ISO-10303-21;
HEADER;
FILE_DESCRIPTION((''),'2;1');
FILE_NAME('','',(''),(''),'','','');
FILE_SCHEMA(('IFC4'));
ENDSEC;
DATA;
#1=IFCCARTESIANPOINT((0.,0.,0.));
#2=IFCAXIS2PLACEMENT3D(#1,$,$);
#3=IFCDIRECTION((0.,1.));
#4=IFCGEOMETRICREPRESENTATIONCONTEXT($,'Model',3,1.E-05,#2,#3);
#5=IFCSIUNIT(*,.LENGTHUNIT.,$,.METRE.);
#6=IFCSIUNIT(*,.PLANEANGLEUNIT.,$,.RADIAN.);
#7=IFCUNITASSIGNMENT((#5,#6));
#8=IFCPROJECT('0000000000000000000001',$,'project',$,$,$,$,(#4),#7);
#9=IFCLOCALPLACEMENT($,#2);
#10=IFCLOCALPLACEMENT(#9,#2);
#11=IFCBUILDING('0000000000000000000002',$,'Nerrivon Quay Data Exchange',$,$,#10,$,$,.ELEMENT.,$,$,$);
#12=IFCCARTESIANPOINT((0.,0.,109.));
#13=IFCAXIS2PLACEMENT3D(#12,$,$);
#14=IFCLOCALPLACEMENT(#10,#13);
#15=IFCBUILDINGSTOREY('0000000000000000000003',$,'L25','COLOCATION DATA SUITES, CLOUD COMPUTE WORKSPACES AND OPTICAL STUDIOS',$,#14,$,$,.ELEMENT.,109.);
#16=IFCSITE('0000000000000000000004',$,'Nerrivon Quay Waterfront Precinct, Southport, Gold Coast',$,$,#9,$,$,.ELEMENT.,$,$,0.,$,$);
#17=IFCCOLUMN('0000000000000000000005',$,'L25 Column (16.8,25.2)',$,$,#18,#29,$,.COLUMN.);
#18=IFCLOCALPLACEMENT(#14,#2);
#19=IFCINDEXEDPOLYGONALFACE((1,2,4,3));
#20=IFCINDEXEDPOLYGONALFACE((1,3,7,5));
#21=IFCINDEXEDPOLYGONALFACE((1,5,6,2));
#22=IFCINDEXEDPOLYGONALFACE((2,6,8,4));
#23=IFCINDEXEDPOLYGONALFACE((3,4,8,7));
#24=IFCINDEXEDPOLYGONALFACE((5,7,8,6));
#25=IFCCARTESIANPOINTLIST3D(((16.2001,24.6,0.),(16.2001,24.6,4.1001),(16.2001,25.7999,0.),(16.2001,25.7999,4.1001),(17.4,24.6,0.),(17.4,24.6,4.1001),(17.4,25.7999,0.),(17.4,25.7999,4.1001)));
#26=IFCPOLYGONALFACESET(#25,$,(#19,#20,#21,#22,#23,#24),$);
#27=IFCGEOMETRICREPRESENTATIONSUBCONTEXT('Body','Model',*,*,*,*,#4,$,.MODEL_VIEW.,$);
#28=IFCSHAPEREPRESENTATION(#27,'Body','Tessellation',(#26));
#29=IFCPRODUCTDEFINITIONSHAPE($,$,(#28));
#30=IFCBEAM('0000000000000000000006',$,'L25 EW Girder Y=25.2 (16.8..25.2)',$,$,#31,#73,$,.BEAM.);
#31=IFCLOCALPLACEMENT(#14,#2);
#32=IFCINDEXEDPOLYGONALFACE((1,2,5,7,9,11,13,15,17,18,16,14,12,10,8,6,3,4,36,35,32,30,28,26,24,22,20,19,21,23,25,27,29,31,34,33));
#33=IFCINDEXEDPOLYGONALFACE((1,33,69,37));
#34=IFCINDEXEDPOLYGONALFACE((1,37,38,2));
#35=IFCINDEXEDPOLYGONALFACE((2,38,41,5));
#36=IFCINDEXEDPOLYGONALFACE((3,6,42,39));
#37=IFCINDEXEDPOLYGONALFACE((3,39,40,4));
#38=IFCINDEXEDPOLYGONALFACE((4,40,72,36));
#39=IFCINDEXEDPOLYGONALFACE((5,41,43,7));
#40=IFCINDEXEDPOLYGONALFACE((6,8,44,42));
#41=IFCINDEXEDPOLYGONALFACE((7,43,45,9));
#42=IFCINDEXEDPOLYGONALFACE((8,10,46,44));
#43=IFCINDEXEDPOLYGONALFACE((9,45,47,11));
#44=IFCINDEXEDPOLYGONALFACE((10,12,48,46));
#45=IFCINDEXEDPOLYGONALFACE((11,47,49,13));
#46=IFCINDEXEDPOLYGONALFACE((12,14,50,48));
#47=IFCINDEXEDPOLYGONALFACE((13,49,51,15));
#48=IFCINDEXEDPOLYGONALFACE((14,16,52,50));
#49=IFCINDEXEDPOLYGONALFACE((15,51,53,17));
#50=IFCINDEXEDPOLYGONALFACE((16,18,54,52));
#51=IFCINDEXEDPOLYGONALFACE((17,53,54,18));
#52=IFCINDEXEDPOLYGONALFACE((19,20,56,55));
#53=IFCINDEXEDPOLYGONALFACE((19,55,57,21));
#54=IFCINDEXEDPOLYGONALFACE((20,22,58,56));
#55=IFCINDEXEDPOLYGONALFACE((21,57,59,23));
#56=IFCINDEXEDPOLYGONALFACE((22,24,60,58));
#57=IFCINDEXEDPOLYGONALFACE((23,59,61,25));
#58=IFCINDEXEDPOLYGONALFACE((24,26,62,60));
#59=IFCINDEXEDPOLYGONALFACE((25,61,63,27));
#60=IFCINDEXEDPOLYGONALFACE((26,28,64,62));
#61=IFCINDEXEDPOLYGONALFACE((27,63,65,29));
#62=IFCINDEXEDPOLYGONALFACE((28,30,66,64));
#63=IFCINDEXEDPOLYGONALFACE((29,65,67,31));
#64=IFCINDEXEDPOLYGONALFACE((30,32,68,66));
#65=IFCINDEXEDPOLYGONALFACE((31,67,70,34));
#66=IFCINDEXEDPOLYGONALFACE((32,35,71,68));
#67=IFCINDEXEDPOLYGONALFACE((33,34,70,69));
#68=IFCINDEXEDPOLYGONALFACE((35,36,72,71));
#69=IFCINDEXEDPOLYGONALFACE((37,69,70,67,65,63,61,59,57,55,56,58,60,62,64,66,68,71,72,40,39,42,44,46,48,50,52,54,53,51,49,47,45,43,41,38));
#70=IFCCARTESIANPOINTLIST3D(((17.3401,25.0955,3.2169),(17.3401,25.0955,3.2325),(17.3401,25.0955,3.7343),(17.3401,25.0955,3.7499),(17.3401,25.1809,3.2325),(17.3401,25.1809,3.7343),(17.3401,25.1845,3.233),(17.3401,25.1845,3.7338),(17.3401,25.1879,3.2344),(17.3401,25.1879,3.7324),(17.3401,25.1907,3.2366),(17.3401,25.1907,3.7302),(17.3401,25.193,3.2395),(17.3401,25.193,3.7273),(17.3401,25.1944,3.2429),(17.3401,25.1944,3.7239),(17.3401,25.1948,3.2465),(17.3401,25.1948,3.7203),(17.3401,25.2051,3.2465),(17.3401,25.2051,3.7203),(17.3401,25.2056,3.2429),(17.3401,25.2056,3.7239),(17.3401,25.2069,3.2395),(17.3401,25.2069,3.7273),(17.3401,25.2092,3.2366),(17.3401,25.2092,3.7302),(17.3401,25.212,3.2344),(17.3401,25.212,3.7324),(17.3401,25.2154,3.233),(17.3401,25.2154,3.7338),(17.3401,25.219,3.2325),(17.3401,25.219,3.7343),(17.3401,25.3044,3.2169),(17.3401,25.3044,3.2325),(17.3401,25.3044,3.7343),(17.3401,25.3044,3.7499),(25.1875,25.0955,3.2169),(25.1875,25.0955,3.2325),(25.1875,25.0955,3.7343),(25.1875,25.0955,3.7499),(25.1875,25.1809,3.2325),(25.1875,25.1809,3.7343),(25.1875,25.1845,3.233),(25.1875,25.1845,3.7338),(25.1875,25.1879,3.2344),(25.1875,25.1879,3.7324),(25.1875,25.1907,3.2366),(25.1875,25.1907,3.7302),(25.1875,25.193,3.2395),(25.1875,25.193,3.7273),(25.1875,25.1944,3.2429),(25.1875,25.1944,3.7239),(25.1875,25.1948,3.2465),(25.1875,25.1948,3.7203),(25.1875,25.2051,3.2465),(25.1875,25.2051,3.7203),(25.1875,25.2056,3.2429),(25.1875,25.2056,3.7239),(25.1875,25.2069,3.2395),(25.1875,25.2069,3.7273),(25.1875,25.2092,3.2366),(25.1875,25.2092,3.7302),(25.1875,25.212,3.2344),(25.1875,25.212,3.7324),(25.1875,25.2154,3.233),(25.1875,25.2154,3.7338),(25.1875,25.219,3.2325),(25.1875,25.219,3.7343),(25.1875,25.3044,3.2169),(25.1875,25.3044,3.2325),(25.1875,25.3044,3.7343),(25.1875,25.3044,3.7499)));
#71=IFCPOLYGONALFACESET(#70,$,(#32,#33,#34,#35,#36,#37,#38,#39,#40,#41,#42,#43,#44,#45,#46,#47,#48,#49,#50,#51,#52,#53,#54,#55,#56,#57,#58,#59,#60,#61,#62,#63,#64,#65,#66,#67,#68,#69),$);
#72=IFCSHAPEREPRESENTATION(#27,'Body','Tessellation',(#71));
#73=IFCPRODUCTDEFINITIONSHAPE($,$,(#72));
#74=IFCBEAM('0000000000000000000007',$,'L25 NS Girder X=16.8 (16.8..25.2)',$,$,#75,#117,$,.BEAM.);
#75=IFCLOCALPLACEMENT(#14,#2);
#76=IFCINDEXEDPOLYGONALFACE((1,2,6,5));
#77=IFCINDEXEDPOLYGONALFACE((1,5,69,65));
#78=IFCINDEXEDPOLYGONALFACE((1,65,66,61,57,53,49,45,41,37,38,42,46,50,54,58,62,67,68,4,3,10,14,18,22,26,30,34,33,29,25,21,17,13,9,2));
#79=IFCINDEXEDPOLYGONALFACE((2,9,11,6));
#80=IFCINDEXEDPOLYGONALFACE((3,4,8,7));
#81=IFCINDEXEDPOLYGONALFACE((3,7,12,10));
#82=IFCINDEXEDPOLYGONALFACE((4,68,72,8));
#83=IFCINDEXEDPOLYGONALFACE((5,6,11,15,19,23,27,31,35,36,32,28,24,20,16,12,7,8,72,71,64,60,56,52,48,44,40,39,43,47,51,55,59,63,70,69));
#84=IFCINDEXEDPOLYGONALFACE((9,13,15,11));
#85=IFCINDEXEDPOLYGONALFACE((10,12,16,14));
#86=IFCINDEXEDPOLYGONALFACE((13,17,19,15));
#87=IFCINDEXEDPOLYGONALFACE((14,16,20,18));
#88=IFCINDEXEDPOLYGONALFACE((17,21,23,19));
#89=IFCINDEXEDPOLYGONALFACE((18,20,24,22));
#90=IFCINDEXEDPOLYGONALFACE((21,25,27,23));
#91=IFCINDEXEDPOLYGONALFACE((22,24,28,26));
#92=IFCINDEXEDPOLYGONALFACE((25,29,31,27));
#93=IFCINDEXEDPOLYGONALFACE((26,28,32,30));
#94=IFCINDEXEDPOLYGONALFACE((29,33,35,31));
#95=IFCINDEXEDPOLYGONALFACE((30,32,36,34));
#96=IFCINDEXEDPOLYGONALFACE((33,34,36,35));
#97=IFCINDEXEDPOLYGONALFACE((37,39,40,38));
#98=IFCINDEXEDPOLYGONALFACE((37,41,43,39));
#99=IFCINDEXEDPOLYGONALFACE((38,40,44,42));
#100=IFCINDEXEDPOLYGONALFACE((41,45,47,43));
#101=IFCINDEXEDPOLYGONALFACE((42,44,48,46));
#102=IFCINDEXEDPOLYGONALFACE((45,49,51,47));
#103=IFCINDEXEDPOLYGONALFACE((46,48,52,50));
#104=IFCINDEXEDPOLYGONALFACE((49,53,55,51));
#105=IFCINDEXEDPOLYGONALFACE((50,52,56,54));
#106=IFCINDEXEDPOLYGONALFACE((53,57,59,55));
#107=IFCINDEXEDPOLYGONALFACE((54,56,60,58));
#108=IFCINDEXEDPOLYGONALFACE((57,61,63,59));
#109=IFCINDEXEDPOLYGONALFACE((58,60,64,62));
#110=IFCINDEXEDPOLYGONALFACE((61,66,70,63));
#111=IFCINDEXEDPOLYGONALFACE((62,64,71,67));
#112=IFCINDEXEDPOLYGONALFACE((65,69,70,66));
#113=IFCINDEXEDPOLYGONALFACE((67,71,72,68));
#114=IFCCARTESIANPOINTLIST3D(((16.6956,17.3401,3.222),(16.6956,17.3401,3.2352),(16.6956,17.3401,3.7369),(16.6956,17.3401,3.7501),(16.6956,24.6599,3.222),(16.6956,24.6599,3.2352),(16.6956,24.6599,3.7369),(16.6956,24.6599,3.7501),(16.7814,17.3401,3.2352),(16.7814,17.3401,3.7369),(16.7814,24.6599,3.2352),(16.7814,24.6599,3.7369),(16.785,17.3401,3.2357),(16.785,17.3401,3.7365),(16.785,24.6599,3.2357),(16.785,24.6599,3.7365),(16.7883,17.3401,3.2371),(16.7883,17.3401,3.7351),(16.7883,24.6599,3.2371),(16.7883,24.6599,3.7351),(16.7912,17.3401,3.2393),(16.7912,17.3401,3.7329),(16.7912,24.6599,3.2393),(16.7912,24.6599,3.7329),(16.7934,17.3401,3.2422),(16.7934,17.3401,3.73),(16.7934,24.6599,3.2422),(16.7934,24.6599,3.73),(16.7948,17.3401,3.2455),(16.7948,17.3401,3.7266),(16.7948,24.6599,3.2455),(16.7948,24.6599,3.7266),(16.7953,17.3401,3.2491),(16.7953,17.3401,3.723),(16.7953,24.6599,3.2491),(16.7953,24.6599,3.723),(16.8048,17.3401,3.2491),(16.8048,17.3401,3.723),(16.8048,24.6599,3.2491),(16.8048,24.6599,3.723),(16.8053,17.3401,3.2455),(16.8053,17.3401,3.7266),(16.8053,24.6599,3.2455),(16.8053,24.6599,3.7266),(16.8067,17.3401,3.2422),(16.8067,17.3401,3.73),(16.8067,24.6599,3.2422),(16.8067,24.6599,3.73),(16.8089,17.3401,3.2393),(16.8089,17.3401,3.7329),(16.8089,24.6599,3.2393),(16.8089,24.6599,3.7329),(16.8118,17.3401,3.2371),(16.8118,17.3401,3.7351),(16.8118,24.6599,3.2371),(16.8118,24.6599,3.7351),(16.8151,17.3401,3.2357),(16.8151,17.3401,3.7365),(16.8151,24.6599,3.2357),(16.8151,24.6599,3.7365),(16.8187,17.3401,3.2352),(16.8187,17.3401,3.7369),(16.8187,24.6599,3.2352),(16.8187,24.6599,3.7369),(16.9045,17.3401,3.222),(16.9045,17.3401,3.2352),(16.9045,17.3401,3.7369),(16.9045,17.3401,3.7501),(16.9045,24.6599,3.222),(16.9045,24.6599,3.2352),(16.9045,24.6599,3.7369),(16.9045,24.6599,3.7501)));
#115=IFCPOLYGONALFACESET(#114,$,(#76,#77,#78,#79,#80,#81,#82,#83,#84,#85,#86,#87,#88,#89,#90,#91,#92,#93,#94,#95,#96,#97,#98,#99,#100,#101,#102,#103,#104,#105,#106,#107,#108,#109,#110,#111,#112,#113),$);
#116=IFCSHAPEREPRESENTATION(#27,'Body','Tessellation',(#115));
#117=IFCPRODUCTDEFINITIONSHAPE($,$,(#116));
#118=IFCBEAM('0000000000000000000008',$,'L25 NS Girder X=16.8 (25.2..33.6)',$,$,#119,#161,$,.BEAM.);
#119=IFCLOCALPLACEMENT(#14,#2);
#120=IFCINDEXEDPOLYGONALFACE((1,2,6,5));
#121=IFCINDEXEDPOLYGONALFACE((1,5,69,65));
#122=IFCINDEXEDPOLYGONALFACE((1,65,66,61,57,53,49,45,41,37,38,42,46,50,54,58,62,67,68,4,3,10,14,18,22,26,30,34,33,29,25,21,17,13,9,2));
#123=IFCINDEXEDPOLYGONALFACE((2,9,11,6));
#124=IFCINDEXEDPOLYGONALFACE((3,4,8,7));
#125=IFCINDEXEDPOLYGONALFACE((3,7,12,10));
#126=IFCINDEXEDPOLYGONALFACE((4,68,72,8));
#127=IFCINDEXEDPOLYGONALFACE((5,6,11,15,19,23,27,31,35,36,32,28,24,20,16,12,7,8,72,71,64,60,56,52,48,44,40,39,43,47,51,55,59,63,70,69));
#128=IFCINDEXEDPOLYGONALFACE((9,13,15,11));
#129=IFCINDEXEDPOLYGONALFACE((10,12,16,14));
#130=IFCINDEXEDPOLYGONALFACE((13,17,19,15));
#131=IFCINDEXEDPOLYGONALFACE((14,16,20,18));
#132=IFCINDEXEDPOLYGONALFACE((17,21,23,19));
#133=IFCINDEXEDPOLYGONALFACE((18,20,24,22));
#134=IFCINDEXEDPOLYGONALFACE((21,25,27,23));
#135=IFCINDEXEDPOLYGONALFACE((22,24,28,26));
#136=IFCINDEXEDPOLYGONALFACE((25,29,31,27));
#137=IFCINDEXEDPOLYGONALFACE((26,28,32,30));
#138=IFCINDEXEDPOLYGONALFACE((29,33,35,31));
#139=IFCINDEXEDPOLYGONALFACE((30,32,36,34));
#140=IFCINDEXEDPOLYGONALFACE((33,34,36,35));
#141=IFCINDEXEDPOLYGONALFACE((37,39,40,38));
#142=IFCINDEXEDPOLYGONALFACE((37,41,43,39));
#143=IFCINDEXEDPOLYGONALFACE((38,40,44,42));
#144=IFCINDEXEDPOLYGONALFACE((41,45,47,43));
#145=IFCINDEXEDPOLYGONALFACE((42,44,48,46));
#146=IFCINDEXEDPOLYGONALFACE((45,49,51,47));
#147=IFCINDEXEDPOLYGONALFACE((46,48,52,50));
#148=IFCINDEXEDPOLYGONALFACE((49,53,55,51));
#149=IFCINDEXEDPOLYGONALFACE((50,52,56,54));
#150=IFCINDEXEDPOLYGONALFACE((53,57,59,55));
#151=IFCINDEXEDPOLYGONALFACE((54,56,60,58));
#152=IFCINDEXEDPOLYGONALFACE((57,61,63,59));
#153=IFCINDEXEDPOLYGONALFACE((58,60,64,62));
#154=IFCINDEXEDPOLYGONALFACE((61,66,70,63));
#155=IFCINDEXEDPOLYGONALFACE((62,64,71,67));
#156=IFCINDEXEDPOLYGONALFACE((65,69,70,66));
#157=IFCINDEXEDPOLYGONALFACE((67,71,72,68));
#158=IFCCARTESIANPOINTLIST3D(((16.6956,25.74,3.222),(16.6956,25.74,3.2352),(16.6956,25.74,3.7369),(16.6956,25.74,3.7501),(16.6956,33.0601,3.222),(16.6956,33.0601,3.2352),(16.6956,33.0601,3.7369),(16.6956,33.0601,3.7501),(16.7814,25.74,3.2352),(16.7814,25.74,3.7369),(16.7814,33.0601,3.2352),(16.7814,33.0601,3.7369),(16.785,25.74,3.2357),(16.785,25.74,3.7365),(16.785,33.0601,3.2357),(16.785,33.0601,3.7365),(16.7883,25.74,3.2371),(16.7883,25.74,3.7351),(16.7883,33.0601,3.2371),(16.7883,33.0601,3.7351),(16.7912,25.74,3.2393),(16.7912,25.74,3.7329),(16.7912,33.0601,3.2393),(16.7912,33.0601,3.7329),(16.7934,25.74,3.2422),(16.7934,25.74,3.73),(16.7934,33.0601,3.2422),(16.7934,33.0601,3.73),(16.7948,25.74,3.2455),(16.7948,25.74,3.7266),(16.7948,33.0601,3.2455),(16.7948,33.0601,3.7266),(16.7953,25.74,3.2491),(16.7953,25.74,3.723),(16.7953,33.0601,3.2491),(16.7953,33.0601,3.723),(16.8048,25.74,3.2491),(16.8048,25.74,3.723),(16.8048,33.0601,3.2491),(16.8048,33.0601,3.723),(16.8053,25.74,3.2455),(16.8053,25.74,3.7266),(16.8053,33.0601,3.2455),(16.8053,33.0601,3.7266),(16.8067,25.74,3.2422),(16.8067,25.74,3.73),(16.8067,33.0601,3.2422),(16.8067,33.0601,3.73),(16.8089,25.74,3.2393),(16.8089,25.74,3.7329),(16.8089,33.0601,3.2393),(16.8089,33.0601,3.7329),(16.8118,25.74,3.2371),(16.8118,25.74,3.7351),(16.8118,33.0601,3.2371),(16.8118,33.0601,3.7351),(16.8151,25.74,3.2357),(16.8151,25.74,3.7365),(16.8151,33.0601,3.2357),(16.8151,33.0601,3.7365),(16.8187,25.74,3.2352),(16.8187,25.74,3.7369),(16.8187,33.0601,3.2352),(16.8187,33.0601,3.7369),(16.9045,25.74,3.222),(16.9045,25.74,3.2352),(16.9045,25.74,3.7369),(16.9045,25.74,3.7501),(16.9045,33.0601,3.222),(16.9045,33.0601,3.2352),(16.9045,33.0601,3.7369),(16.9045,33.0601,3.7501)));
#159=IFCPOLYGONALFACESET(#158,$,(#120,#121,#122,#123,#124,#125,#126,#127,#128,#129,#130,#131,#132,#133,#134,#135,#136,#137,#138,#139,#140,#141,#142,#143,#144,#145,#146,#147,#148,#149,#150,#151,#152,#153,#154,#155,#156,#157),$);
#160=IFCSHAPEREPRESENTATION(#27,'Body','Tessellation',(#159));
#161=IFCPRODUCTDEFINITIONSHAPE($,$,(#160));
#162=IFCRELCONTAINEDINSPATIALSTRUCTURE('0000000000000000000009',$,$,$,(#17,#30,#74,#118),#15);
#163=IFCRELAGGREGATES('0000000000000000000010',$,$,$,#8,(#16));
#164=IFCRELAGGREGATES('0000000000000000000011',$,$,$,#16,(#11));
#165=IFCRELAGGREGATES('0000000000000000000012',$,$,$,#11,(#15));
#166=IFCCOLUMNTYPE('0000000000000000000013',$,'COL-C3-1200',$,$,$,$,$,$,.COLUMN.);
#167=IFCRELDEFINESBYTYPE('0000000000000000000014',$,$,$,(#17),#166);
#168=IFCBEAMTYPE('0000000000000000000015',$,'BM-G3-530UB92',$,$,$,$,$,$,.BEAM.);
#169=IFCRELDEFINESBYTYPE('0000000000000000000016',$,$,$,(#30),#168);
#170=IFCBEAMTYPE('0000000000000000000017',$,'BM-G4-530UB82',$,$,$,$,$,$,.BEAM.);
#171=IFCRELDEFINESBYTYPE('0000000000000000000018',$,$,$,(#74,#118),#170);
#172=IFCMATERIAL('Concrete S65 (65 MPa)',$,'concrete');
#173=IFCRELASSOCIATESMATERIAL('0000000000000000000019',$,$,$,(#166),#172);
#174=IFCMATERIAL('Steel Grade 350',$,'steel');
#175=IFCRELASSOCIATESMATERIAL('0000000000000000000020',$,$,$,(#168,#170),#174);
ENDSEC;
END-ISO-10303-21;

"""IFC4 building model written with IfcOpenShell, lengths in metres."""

from ifc_helpers import new_model, si_unit, direction, frame, origin, origin_2d, place, context, subcontext, project, spatial, rectangle, i_section, extrude, material, material_profile, profile_set, type_object, element, save


model = new_model("IFC4")

# Units and contexts
model_context = context("Model", 3, precision=1e-05, world=origin(), true_north=direction((0.0, 1.0)))
body_context = subcontext(model_context, "Body", "Model", "MODEL_VIEW")
ifc_project = project(units=[si_unit("LENGTHUNIT", "METRE"), si_unit("PLANEANGLEUNIT", "RADIAN")], contexts=[model_context])

# Site, building, storey
site_placement = place(None, origin())
site = spatial("IfcSite", under=ifc_project, at=site_placement, Name="Nerrivon Quay Waterfront Precinct, Southport, Gold Coast", CompositionType="ELEMENT", RefElevation=0.0)
building_placement = place(site_placement, origin())
building = spatial("IfcBuilding", under=site, at=building_placement, Name="Nerrivon Quay Data Exchange", CompositionType="ELEMENT")
storey_placement = place(building_placement, frame((0.0, 0.0, 109.0)))
storey = spatial("IfcBuildingStorey", under=building, at=storey_placement, Name="L25", Description="COLOCATION DATA SUITES, CLOUD COMPUTE WORKSPACES AND OPTICAL STUDIOS", CompositionType="ELEMENT", Elevation=109.0)

# Column
ifc_material_1 = material(Name="Concrete S65 (65 MPa)", Category="concrete")
ifc_material_profile_1 = material_profile(ifc_material_1, rectangle(XDim=1.2, YDim=1.2, at=origin_2d()), Name="RC-COL-1200x1200")
ifc_profile_set_1 = profile_set([ifc_material_profile_1], Name="Concrete S65 (65 MPa)")
column_type = type_object("IfcColumnType", Name="COL-C3-1200", PredefinedType="COLUMN", material=ifc_profile_set_1)
column_placement = place(storey_placement, frame((16.8, 25.2, 0.0), z_axis=(0.0, 0.0, 1.0), x_axis=(1.0, 0.0, 0.0)))
element("IfcColumn", 1, at=column_placement, inside=storey, type_object=column_type, Name="L25 Column (16.8,25.2)", PredefinedType="COLUMN", context=body_context, shape_type="SweptSolid", body=[
    extrude(rectangle(XDim=1.2, YDim=1.2, at=origin_2d()), origin(), (0.0, 0.0, 1.0), 4.1001),
])

# Beams
ifc_material_2 = material(Name="Steel Grade 350", Category="steel")
ifc_material_profile_2 = material_profile(ifc_material_2, i_section(OverallWidth=0.209, OverallDepth=0.533, WebThickness=0.0103, FlangeThickness=0.0156, FilletRadius=0.0139, at=origin_2d()), Name="530UB92.4")
ifc_profile_set_2 = profile_set([ifc_material_profile_2], Name="Steel Grade 350")
beam_type_1 = type_object("IfcBeamType", Name="BM-G3-530UB92", PredefinedType="BEAM", material=ifc_profile_set_2)
beam_1_placement = place(storey_placement, frame((17.3401, 25.2, 3.4834), z_axis=(1.0, 0.0, 0.0), x_axis=(0.0, 1.0, 0.0)))
element("IfcBeam", 2, at=beam_1_placement, inside=storey, type_object=beam_type_1, Name="L25 EW Girder Y=25.2 (16.8..25.2)", PredefinedType="BEAM", context=body_context, shape_type="SweptSolid", body=[
    extrude(i_section(OverallWidth=0.209, OverallDepth=0.533, WebThickness=0.0103, FlangeThickness=0.0156, FilletRadius=0.0139, at=origin_2d()), origin(), (0.0, 0.0, 1.0), 7.8474),
])
ifc_material_profile_3 = material_profile(ifc_material_2, i_section(OverallWidth=0.209, OverallDepth=0.5281, WebThickness=0.0095, FlangeThickness=0.0132, FilletRadius=0.0139, at=origin_2d()), Name="530UB82.0")
ifc_profile_set_3 = profile_set([ifc_material_profile_3], Name="Steel Grade 350")
beam_type_2 = type_object("IfcBeamType", Name="BM-G4-530UB82", PredefinedType="BEAM", material=ifc_profile_set_3)
beam_2_placement = place(storey_placement, frame((16.8, 17.3401, 3.4861), z_axis=(0.0, 1.0, 0.0), x_axis=(-1.0, 0.0, 0.0)))
element("IfcBeam", 3, at=beam_2_placement, inside=storey, type_object=beam_type_2, Name="L25 NS Girder X=16.8 (16.8..25.2)", PredefinedType="BEAM", context=body_context, shape_type="SweptSolid", body=[
    extrude(i_section(OverallWidth=0.209, OverallDepth=0.5281, WebThickness=0.0095, FlangeThickness=0.0132, FilletRadius=0.0139, at=origin_2d()), origin(), (0.0, 0.0, 1.0), 7.3198),
])
beam_3_placement = place(storey_placement, frame((16.8, 25.74, 3.4861), z_axis=(0.0, 1.0, 0.0), x_axis=(-1.0, 0.0, 0.0)))
element("IfcBeam", 4, at=beam_3_placement, inside=storey, type_object=beam_type_2, Name="L25 NS Girder X=16.8 (25.2..33.6)", PredefinedType="BEAM", context=body_context, shape_type="SweptSolid", body=[
    extrude(i_section(OverallWidth=0.209, OverallDepth=0.5281, WebThickness=0.0095, FlangeThickness=0.0132, FilletRadius=0.0139, at=origin_2d()), origin(), (0.0, 0.0, 1.0), 7.3201),
])

save(model, "model.ifc")
